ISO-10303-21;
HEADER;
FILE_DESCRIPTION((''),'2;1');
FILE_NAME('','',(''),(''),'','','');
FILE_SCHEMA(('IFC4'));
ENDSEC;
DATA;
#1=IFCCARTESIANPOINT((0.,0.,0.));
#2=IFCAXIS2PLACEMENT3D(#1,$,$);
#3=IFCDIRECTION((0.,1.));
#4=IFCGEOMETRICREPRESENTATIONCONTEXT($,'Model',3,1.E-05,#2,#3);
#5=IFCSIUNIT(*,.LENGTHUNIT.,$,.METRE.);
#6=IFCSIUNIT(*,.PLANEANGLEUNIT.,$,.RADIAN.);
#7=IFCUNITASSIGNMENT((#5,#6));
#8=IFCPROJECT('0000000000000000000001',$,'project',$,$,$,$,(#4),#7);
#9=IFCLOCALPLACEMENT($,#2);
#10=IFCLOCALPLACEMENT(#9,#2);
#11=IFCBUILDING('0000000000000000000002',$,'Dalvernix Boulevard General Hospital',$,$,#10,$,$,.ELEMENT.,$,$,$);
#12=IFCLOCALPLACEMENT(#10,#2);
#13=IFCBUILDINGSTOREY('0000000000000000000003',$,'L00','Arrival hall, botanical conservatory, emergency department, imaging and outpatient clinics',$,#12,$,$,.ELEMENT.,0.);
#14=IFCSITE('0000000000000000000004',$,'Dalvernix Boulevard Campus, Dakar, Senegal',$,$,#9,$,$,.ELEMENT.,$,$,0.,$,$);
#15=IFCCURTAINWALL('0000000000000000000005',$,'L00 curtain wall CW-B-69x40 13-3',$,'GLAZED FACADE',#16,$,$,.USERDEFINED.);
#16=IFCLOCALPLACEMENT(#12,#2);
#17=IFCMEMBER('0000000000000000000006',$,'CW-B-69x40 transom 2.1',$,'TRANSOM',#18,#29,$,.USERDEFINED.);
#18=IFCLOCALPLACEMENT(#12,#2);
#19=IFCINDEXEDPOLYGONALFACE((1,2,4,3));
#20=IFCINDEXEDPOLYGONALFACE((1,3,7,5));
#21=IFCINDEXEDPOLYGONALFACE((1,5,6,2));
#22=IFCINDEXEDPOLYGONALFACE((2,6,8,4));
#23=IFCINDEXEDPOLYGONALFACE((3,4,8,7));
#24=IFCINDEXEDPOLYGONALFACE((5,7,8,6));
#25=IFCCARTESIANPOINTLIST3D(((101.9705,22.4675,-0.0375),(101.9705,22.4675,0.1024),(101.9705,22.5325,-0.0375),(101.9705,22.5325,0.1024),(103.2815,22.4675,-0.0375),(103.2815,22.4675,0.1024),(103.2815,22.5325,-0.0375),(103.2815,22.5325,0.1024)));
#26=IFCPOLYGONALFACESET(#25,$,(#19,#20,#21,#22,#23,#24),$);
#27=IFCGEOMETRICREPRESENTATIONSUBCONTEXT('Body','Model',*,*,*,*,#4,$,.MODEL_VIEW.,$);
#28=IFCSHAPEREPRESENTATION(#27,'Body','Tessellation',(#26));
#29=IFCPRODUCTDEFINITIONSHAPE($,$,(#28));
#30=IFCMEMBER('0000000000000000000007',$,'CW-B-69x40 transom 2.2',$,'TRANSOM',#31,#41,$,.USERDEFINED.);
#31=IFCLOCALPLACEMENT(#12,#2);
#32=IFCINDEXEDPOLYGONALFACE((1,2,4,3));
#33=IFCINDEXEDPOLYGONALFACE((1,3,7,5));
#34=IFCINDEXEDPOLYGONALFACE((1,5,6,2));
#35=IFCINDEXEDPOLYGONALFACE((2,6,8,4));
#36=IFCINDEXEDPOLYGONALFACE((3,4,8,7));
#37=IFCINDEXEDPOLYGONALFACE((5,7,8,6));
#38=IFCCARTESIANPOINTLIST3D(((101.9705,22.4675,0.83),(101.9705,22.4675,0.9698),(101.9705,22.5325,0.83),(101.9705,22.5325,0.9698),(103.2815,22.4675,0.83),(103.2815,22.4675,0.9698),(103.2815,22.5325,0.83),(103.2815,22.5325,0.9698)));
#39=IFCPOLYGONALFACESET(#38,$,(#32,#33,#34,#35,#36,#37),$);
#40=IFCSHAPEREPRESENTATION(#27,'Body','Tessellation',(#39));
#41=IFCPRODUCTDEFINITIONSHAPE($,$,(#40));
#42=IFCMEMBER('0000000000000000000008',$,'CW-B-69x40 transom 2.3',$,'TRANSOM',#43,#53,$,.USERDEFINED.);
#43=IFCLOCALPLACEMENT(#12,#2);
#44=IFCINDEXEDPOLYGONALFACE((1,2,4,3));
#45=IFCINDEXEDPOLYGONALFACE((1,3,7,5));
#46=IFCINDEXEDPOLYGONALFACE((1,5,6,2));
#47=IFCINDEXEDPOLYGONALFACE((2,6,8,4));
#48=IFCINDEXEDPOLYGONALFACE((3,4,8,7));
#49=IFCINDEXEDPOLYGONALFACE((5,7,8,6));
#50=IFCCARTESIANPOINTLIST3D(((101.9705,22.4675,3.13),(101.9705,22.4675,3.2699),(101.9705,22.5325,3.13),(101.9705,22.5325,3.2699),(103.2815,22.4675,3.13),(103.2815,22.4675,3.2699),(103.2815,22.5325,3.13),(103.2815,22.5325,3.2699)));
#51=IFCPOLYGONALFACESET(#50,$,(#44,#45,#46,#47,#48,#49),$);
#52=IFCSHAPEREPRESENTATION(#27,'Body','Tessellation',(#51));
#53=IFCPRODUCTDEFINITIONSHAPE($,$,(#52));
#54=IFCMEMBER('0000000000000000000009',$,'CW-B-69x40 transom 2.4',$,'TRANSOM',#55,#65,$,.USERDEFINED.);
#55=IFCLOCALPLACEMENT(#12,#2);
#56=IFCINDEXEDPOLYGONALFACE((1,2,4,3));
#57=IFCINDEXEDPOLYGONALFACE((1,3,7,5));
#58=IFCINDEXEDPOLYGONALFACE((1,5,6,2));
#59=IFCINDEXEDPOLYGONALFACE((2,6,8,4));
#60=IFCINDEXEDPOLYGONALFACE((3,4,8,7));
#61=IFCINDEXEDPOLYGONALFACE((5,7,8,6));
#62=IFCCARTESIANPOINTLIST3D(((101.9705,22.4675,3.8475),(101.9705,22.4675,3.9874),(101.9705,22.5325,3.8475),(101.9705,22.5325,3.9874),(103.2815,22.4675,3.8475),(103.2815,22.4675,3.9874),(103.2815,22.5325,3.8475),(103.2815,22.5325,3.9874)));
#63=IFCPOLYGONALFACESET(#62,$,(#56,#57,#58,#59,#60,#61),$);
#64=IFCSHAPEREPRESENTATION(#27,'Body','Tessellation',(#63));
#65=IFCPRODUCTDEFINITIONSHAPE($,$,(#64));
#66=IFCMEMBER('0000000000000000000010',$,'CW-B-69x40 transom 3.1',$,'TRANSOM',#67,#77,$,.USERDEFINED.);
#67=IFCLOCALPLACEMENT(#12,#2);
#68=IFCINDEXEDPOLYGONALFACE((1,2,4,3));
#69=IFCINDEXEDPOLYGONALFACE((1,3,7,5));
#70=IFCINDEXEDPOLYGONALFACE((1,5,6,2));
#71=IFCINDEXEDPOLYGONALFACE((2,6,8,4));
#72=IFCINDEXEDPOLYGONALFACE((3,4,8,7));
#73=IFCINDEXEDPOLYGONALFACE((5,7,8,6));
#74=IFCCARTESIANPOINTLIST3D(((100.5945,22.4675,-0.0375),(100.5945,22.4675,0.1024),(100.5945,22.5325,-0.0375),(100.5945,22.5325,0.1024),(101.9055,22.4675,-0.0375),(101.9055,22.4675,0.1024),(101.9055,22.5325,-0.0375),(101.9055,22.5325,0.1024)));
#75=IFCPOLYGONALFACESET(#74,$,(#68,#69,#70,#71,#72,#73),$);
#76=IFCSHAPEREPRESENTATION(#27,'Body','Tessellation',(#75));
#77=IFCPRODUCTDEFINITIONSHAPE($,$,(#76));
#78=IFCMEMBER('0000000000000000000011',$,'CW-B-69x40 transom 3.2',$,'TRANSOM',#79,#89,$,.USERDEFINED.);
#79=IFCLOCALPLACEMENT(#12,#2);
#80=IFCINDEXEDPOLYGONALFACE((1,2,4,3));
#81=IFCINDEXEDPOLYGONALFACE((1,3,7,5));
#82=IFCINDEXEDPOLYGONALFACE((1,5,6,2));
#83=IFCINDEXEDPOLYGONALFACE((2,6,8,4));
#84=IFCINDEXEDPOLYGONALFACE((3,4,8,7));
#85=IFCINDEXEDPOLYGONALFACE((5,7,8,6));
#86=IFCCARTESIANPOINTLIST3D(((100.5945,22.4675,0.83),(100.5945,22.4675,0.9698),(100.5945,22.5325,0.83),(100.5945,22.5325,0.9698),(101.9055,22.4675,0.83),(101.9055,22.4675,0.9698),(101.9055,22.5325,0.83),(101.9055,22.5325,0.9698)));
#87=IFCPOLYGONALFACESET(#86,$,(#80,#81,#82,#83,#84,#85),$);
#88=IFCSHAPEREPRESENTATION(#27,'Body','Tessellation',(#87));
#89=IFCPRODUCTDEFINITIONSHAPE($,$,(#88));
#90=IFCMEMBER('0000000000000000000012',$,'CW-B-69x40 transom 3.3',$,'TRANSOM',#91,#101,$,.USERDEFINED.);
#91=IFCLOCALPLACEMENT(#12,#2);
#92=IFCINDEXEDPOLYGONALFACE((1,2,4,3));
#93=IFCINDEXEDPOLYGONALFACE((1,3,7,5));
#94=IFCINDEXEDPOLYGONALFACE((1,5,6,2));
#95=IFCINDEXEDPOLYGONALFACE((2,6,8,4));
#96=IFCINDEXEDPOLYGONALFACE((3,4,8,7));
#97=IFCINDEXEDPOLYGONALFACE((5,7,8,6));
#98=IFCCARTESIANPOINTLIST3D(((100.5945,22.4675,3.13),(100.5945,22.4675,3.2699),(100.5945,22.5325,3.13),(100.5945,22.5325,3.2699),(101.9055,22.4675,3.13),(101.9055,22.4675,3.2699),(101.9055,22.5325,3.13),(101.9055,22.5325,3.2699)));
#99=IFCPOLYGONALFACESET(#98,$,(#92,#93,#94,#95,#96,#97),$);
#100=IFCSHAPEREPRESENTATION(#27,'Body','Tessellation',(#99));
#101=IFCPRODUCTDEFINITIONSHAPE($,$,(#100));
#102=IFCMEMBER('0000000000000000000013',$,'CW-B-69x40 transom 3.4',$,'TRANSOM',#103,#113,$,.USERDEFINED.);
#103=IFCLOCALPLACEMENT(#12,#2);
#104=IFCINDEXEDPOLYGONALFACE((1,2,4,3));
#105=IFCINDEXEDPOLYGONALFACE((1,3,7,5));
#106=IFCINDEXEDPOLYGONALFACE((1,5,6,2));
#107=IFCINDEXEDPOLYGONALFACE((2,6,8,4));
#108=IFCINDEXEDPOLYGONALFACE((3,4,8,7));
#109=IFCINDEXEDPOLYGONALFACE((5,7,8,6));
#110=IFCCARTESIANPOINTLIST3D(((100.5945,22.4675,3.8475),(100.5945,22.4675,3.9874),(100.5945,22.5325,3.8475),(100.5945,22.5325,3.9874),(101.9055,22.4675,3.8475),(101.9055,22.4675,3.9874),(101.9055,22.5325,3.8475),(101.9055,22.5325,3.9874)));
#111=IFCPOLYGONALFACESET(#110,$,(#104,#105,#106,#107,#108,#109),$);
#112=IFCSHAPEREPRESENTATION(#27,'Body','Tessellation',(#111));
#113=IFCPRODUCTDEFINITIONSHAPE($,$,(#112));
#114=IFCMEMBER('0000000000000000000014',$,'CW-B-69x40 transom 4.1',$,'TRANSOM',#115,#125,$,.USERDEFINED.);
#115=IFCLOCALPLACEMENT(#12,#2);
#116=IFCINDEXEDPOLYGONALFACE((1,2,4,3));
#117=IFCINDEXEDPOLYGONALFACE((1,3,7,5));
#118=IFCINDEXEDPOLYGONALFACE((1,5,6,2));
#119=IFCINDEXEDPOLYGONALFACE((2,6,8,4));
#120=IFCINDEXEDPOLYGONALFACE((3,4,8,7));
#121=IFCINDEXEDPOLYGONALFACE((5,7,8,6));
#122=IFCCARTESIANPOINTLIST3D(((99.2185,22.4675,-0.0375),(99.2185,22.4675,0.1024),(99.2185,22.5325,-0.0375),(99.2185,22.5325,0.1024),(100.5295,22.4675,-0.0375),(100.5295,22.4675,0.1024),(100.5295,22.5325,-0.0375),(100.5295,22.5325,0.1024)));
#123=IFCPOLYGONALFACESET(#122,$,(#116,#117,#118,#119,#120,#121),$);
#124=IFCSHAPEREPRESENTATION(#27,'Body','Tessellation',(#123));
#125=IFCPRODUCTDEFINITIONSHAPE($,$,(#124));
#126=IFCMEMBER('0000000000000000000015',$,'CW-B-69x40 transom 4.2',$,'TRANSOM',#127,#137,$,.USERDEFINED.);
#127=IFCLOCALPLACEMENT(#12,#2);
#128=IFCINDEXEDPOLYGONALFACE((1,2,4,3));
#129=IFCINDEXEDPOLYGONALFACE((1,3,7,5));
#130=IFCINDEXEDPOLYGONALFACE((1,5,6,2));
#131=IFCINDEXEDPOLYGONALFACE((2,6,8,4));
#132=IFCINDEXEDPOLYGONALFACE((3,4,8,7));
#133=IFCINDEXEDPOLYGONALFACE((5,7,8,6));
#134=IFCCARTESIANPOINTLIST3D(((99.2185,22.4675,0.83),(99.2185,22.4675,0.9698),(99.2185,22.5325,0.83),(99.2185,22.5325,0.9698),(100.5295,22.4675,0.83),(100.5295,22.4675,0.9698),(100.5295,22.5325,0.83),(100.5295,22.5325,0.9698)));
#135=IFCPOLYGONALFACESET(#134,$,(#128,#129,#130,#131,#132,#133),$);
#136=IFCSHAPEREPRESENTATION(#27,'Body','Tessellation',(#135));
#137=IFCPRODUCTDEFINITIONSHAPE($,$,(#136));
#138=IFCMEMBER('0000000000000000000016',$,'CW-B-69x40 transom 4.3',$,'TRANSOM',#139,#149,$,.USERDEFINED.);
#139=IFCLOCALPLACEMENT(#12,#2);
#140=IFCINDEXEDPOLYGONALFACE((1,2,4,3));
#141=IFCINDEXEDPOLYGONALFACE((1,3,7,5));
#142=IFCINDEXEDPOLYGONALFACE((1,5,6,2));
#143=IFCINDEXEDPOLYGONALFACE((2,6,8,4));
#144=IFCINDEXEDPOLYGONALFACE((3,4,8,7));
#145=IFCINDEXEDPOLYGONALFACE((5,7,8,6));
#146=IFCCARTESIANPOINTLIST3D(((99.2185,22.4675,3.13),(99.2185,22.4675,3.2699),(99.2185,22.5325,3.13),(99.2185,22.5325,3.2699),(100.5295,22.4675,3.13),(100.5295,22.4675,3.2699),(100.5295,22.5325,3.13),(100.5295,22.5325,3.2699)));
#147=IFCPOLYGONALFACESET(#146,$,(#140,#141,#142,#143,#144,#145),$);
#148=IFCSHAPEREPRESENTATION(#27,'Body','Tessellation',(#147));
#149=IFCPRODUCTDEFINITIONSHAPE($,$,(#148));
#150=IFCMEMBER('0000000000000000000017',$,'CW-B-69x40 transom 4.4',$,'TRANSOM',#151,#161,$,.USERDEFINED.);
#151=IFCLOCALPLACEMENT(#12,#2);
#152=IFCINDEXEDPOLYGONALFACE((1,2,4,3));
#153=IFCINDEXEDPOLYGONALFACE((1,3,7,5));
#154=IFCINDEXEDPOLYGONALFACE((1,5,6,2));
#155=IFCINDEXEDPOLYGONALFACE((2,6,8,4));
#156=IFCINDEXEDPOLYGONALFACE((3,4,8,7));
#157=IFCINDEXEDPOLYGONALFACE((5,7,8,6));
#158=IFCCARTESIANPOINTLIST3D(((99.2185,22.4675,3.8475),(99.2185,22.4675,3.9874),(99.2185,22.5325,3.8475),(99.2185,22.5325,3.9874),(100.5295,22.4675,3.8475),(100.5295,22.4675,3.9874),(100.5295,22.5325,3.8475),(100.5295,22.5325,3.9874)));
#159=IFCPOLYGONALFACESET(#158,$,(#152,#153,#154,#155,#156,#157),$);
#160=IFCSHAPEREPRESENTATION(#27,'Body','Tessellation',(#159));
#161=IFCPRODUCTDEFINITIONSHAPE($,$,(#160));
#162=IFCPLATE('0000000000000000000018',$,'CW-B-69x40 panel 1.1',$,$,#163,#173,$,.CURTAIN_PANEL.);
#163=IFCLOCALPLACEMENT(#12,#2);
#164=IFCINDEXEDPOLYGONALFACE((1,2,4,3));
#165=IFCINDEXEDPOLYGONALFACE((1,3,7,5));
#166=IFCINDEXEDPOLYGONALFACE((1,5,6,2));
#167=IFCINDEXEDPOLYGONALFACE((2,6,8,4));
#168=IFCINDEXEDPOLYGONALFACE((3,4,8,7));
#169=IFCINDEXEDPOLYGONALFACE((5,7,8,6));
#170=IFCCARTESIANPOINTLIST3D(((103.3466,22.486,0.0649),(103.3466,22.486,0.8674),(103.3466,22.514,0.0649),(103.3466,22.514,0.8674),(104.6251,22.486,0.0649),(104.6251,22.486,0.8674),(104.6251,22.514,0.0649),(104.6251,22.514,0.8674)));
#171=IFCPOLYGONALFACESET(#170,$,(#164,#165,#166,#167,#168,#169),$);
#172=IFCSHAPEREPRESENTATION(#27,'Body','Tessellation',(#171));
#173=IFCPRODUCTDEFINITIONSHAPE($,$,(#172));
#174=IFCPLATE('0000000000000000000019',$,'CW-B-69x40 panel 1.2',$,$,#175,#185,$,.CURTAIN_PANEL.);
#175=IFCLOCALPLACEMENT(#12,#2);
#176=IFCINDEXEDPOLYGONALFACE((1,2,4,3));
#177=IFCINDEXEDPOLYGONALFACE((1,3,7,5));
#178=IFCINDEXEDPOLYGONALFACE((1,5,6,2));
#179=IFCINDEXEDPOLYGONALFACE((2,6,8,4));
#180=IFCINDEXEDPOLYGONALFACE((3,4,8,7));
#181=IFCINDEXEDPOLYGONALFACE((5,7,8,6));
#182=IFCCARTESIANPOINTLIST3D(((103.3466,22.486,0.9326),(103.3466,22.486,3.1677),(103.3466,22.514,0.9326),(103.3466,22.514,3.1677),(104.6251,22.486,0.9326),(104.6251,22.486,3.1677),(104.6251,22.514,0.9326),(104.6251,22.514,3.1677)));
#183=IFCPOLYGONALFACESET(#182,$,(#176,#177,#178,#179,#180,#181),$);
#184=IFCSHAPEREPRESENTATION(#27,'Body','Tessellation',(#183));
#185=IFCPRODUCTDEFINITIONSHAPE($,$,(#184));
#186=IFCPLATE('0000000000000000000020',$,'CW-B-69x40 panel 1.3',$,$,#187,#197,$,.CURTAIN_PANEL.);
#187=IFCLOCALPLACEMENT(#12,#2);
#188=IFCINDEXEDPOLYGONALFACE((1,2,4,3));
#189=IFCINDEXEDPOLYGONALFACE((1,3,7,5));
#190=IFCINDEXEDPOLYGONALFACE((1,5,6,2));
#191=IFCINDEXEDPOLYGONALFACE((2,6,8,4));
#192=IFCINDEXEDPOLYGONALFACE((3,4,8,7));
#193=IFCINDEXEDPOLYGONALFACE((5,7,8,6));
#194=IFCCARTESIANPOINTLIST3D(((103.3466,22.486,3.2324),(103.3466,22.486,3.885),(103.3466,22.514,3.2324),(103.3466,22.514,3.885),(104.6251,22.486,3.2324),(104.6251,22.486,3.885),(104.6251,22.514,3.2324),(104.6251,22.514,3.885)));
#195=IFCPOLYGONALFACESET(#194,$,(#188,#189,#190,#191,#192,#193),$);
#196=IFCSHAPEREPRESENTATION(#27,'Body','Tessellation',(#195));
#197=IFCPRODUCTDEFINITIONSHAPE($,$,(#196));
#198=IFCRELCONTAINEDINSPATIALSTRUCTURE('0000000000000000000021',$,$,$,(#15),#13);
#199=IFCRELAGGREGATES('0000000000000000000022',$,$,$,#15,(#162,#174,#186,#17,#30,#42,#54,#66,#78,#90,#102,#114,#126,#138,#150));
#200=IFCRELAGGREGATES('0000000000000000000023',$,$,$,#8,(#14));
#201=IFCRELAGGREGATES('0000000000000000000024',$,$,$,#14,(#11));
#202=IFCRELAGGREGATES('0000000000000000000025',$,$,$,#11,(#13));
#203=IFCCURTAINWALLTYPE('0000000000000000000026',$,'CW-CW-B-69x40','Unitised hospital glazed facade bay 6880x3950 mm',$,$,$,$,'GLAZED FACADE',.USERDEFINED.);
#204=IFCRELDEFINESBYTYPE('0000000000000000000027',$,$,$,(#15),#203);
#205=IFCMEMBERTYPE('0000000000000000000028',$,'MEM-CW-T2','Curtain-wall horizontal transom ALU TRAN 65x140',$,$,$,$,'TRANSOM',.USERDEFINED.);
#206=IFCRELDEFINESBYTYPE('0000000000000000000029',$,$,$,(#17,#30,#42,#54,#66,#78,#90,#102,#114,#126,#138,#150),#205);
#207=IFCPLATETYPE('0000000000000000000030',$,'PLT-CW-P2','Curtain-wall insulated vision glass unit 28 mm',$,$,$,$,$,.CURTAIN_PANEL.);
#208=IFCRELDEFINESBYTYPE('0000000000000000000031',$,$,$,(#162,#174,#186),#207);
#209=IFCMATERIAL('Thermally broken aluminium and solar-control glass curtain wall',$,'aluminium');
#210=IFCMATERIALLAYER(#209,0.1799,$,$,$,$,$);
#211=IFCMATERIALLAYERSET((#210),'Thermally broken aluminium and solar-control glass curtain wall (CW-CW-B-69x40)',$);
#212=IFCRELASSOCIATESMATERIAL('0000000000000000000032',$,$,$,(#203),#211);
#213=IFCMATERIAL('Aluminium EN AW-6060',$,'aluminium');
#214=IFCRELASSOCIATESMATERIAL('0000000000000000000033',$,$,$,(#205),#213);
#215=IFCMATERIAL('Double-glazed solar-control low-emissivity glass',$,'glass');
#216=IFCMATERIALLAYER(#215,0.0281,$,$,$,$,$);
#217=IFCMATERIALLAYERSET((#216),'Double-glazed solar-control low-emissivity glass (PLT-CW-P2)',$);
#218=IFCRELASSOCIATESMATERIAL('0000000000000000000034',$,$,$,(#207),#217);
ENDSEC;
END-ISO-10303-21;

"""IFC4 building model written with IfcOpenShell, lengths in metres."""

from ifc_helpers import new_model, si_unit, direction, frame, origin, origin_2d, place, context, subcontext, project, spatial, rectangle, extrude, material, layer, layer_set, material_profile, profile_set, type_object, element, aggregate, save


model = new_model("IFC4")

# Units and contexts
model_context = context("Model", 3, precision=1e-05, world=origin(), true_north=direction((0.0, 1.0)))
body_context = subcontext(model_context, "Body", "Model", "MODEL_VIEW")
ifc_project = project(units=[si_unit("LENGTHUNIT", "METRE"), si_unit("PLANEANGLEUNIT", "RADIAN")], contexts=[model_context])

# Site, building, storey
site_placement = place(None, origin())
site = spatial("IfcSite", under=ifc_project, at=site_placement, Name="Dalvernix Boulevard Campus, Dakar, Senegal", CompositionType="ELEMENT", RefElevation=0.0)
building_placement = place(site_placement, origin())
building = spatial("IfcBuilding", under=site, at=building_placement, Name="Dalvernix Boulevard General Hospital", CompositionType="ELEMENT")
storey_placement = place(building_placement, origin())
storey = spatial("IfcBuildingStorey", under=building, at=storey_placement, Name="L00", Description="Arrival hall, botanical conservatory, emergency department, imaging and outpatient clinics", CompositionType="ELEMENT", Elevation=0.0)

# Curtain wall
ifc_material_1 = material(Name="Thermally broken aluminium and solar-control glass curtain wall", Category="aluminium")
ifc_layer_1 = layer(ifc_material_1, 0.1799)
ifc_layer_set_1 = layer_set([ifc_layer_1], Name="Thermally broken aluminium and solar-control glass curtain wall (CW-CW-B-69x40)")
curtain_wall_type_1 = type_object("IfcCurtainWallType", Name="CW-CW-B-69x40", Description="Unitised hospital glazed facade bay 6880x3950 mm", ElementType="GLAZED FACADE", PredefinedType="USERDEFINED", material=ifc_layer_set_1)
curtain_wall_1_placement = place(storey_placement, origin())
curtain_wall_1 = element("IfcCurtainWall", 1, at=curtain_wall_1_placement, inside=storey, type_object=curtain_wall_type_1, Name="L00 curtain wall CW-B-69x40 13-3", ObjectType="GLAZED FACADE", PredefinedType="USERDEFINED")
ifc_material_2 = material(Name="Aluminium EN AW-6060", Category="aluminium")

# Members
ifc_material_profile_1 = material_profile(ifc_material_2, rectangle(XDim=0.0649, YDim=0.1399, at=origin_2d()), Name="ALU TRAN 65x140")
ifc_profile_set_1 = profile_set([ifc_material_profile_1], Name="Aluminium EN AW-6060")
member_type_1 = type_object("IfcMemberType", Name="MEM-CW-T2", Description="Curtain-wall horizontal transom ALU TRAN 65x140", ElementType="TRANSOM", PredefinedType="USERDEFINED", material=ifc_profile_set_1)
member_1_placement = place(storey_placement, frame((103.2815, 22.5, 0.0325), z_axis=(-1.0, 0.0, 0.0), x_axis=(0.0, -1.0, 0.0)))
member_1 = element("IfcMember", 2, at=member_1_placement, type_object=member_type_1, Name="CW-B-69x40 transom 2.1", ObjectType="TRANSOM", PredefinedType="USERDEFINED", context=body_context, shape_type="SweptSolid", body=[
    extrude(rectangle(XDim=0.0649, YDim=0.1399, at=origin_2d()), origin(), (0.0, 0.0, 1.0), 1.311),
])
member_2_placement = place(storey_placement, frame((103.2815, 22.5, 0.8999), z_axis=(-1.0, 0.0, 0.0), x_axis=(0.0, -1.0, 0.0)))
member_2 = element("IfcMember", 3, at=member_2_placement, type_object=member_type_1, Name="CW-B-69x40 transom 2.2", ObjectType="TRANSOM", PredefinedType="USERDEFINED", context=body_context, shape_type="SweptSolid", body=[
    extrude(rectangle(XDim=0.0649, YDim=0.1399, at=origin_2d()), origin(), (0.0, 0.0, 1.0), 1.311),
])
member_3_placement = place(storey_placement, frame((103.2815, 22.5, 3.2), z_axis=(-1.0, 0.0, 0.0), x_axis=(0.0, -1.0, 0.0)))
member_3 = element("IfcMember", 4, at=member_3_placement, type_object=member_type_1, Name="CW-B-69x40 transom 2.3", ObjectType="TRANSOM", PredefinedType="USERDEFINED", context=body_context, shape_type="SweptSolid", body=[
    extrude(rectangle(XDim=0.0649, YDim=0.1399, at=origin_2d()), origin(), (0.0, 0.0, 1.0), 1.311),
])
member_4_placement = place(storey_placement, frame((103.2815, 22.5, 3.9175), z_axis=(-1.0, 0.0, 0.0), x_axis=(0.0, -1.0, 0.0)))
member_4 = element("IfcMember", 5, at=member_4_placement, type_object=member_type_1, Name="CW-B-69x40 transom 2.4", ObjectType="TRANSOM", PredefinedType="USERDEFINED", context=body_context, shape_type="SweptSolid", body=[
    extrude(rectangle(XDim=0.0649, YDim=0.1399, at=origin_2d()), origin(), (0.0, 0.0, 1.0), 1.311),
])
member_5_placement = place(storey_placement, frame((101.9055, 22.5, 0.0325), z_axis=(-1.0, 0.0, 0.0), x_axis=(0.0, -1.0, 0.0)))
member_5 = element("IfcMember", 6, at=member_5_placement, type_object=member_type_1, Name="CW-B-69x40 transom 3.1", ObjectType="TRANSOM", PredefinedType="USERDEFINED", context=body_context, shape_type="SweptSolid", body=[
    extrude(rectangle(XDim=0.0649, YDim=0.1399, at=origin_2d()), origin(), (0.0, 0.0, 1.0), 1.311),
])
member_6_placement = place(storey_placement, frame((101.9055, 22.5, 0.8999), z_axis=(-1.0, 0.0, 0.0), x_axis=(0.0, -1.0, 0.0)))
member_6 = element("IfcMember", 7, at=member_6_placement, type_object=member_type_1, Name="CW-B-69x40 transom 3.2", ObjectType="TRANSOM", PredefinedType="USERDEFINED", context=body_context, shape_type="SweptSolid", body=[
    extrude(rectangle(XDim=0.0649, YDim=0.1399, at=origin_2d()), origin(), (0.0, 0.0, 1.0), 1.311),
])
member_7_placement = place(storey_placement, frame((101.9055, 22.5, 3.2), z_axis=(-1.0, 0.0, 0.0), x_axis=(0.0, -1.0, 0.0)))
member_7 = element("IfcMember", 8, at=member_7_placement, type_object=member_type_1, Name="CW-B-69x40 transom 3.3", ObjectType="TRANSOM", PredefinedType="USERDEFINED", context=body_context, shape_type="SweptSolid", body=[
    extrude(rectangle(XDim=0.0649, YDim=0.1399, at=origin_2d()), origin(), (0.0, 0.0, 1.0), 1.311),
])
member_8_placement = place(storey_placement, frame((101.9055, 22.5, 3.9175), z_axis=(-1.0, 0.0, 0.0), x_axis=(0.0, -1.0, 0.0)))
member_8 = element("IfcMember", 9, at=member_8_placement, type_object=member_type_1, Name="CW-B-69x40 transom 3.4", ObjectType="TRANSOM", PredefinedType="USERDEFINED", context=body_context, shape_type="SweptSolid", body=[
    extrude(rectangle(XDim=0.0649, YDim=0.1399, at=origin_2d()), origin(), (0.0, 0.0, 1.0), 1.311),
])
member_9_placement = place(storey_placement, frame((100.5295, 22.5, 0.0325), z_axis=(-1.0, 0.0, 0.0), x_axis=(0.0, -1.0, 0.0)))
member_9 = element("IfcMember", 10, at=member_9_placement, type_object=member_type_1, Name="CW-B-69x40 transom 4.1", ObjectType="TRANSOM", PredefinedType="USERDEFINED", context=body_context, shape_type="SweptSolid", body=[
    extrude(rectangle(XDim=0.0649, YDim=0.1399, at=origin_2d()), origin(), (0.0, 0.0, 1.0), 1.311),
])
member_10_placement = place(storey_placement, frame((100.5295, 22.5, 0.8999), z_axis=(-1.0, 0.0, 0.0), x_axis=(0.0, -1.0, 0.0)))
member_10 = element("IfcMember", 11, at=member_10_placement, type_object=member_type_1, Name="CW-B-69x40 transom 4.2", ObjectType="TRANSOM", PredefinedType="USERDEFINED", context=body_context, shape_type="SweptSolid", body=[
    extrude(rectangle(XDim=0.0649, YDim=0.1399, at=origin_2d()), origin(), (0.0, 0.0, 1.0), 1.311),
])
member_11_placement = place(storey_placement, frame((100.5295, 22.5, 3.2), z_axis=(-1.0, 0.0, 0.0), x_axis=(0.0, -1.0, 0.0)))
member_11 = element("IfcMember", 12, at=member_11_placement, type_object=member_type_1, Name="CW-B-69x40 transom 4.3", ObjectType="TRANSOM", PredefinedType="USERDEFINED", context=body_context, shape_type="SweptSolid", body=[
    extrude(rectangle(XDim=0.0649, YDim=0.1399, at=origin_2d()), origin(), (0.0, 0.0, 1.0), 1.311),
])
member_12_placement = place(storey_placement, frame((100.5295, 22.5, 3.9175), z_axis=(-1.0, 0.0, 0.0), x_axis=(0.0, -1.0, 0.0)))
member_12 = element("IfcMember", 13, at=member_12_placement, type_object=member_type_1, Name="CW-B-69x40 transom 4.4", ObjectType="TRANSOM", PredefinedType="USERDEFINED", context=body_context, shape_type="SweptSolid", body=[
    extrude(rectangle(XDim=0.0649, YDim=0.1399, at=origin_2d()), origin(), (0.0, 0.0, 1.0), 1.311),
])

# Plates
ifc_material_3 = material(Name="Double-glazed solar-control low-emissivity glass", Category="glass")
ifc_layer_2 = layer(ifc_material_3, 0.0281)
ifc_layer_set_2 = layer_set([ifc_layer_2], Name="Double-glazed solar-control low-emissivity glass (PLT-CW-P2)")
plate_type_1 = type_object("IfcPlateType", Name="PLT-CW-P2", Description="Curtain-wall insulated vision glass unit 28 mm", PredefinedType="CURTAIN_PANEL", material=ifc_layer_set_2)
plate_1_placement = place(storey_placement, frame((103.9858, 22.5, 0.0649), z_axis=(0.0, 0.0, 1.0), x_axis=(-1.0, 0.0, 0.0)))
plate_1 = element("IfcPlate", 14, at=plate_1_placement, type_object=plate_type_1, Name="CW-B-69x40 panel 1.1", PredefinedType="CURTAIN_PANEL", context=body_context, shape_type="SweptSolid", body=[
    extrude(rectangle(XDim=1.2786, YDim=0.0281, at=origin_2d()), origin(), (0.0, 0.0, 1.0), 0.8025),
])
plate_2_placement = place(storey_placement, frame((103.9858, 22.5, 0.9326), z_axis=(0.0, 0.0, 1.0), x_axis=(-1.0, 0.0, 0.0)))
plate_2 = element("IfcPlate", 15, at=plate_2_placement, type_object=plate_type_1, Name="CW-B-69x40 panel 1.2", PredefinedType="CURTAIN_PANEL", context=body_context, shape_type="SweptSolid", body=[
    extrude(rectangle(XDim=1.2786, YDim=0.0281, at=origin_2d()), origin(), (0.0, 0.0, 1.0), 2.2351),
])
plate_3_placement = place(storey_placement, frame((103.9858, 22.5, 3.2324), z_axis=(0.0, 0.0, 1.0), x_axis=(-1.0, 0.0, 0.0)))
plate_3 = element("IfcPlate", 16, at=plate_3_placement, type_object=plate_type_1, Name="CW-B-69x40 panel 1.3", PredefinedType="CURTAIN_PANEL", context=body_context, shape_type="SweptSolid", body=[
    extrude(rectangle(XDim=1.2786, YDim=0.0281, at=origin_2d()), origin(), (0.0, 0.0, 1.0), 0.6526),
])
aggregate(curtain_wall_1, [plate_1, plate_2, plate_3, member_1, member_2, member_3, member_4, member_5, member_6, member_7, member_8, member_9, member_10, member_11, member_12])

save(model, "model.ifc")
